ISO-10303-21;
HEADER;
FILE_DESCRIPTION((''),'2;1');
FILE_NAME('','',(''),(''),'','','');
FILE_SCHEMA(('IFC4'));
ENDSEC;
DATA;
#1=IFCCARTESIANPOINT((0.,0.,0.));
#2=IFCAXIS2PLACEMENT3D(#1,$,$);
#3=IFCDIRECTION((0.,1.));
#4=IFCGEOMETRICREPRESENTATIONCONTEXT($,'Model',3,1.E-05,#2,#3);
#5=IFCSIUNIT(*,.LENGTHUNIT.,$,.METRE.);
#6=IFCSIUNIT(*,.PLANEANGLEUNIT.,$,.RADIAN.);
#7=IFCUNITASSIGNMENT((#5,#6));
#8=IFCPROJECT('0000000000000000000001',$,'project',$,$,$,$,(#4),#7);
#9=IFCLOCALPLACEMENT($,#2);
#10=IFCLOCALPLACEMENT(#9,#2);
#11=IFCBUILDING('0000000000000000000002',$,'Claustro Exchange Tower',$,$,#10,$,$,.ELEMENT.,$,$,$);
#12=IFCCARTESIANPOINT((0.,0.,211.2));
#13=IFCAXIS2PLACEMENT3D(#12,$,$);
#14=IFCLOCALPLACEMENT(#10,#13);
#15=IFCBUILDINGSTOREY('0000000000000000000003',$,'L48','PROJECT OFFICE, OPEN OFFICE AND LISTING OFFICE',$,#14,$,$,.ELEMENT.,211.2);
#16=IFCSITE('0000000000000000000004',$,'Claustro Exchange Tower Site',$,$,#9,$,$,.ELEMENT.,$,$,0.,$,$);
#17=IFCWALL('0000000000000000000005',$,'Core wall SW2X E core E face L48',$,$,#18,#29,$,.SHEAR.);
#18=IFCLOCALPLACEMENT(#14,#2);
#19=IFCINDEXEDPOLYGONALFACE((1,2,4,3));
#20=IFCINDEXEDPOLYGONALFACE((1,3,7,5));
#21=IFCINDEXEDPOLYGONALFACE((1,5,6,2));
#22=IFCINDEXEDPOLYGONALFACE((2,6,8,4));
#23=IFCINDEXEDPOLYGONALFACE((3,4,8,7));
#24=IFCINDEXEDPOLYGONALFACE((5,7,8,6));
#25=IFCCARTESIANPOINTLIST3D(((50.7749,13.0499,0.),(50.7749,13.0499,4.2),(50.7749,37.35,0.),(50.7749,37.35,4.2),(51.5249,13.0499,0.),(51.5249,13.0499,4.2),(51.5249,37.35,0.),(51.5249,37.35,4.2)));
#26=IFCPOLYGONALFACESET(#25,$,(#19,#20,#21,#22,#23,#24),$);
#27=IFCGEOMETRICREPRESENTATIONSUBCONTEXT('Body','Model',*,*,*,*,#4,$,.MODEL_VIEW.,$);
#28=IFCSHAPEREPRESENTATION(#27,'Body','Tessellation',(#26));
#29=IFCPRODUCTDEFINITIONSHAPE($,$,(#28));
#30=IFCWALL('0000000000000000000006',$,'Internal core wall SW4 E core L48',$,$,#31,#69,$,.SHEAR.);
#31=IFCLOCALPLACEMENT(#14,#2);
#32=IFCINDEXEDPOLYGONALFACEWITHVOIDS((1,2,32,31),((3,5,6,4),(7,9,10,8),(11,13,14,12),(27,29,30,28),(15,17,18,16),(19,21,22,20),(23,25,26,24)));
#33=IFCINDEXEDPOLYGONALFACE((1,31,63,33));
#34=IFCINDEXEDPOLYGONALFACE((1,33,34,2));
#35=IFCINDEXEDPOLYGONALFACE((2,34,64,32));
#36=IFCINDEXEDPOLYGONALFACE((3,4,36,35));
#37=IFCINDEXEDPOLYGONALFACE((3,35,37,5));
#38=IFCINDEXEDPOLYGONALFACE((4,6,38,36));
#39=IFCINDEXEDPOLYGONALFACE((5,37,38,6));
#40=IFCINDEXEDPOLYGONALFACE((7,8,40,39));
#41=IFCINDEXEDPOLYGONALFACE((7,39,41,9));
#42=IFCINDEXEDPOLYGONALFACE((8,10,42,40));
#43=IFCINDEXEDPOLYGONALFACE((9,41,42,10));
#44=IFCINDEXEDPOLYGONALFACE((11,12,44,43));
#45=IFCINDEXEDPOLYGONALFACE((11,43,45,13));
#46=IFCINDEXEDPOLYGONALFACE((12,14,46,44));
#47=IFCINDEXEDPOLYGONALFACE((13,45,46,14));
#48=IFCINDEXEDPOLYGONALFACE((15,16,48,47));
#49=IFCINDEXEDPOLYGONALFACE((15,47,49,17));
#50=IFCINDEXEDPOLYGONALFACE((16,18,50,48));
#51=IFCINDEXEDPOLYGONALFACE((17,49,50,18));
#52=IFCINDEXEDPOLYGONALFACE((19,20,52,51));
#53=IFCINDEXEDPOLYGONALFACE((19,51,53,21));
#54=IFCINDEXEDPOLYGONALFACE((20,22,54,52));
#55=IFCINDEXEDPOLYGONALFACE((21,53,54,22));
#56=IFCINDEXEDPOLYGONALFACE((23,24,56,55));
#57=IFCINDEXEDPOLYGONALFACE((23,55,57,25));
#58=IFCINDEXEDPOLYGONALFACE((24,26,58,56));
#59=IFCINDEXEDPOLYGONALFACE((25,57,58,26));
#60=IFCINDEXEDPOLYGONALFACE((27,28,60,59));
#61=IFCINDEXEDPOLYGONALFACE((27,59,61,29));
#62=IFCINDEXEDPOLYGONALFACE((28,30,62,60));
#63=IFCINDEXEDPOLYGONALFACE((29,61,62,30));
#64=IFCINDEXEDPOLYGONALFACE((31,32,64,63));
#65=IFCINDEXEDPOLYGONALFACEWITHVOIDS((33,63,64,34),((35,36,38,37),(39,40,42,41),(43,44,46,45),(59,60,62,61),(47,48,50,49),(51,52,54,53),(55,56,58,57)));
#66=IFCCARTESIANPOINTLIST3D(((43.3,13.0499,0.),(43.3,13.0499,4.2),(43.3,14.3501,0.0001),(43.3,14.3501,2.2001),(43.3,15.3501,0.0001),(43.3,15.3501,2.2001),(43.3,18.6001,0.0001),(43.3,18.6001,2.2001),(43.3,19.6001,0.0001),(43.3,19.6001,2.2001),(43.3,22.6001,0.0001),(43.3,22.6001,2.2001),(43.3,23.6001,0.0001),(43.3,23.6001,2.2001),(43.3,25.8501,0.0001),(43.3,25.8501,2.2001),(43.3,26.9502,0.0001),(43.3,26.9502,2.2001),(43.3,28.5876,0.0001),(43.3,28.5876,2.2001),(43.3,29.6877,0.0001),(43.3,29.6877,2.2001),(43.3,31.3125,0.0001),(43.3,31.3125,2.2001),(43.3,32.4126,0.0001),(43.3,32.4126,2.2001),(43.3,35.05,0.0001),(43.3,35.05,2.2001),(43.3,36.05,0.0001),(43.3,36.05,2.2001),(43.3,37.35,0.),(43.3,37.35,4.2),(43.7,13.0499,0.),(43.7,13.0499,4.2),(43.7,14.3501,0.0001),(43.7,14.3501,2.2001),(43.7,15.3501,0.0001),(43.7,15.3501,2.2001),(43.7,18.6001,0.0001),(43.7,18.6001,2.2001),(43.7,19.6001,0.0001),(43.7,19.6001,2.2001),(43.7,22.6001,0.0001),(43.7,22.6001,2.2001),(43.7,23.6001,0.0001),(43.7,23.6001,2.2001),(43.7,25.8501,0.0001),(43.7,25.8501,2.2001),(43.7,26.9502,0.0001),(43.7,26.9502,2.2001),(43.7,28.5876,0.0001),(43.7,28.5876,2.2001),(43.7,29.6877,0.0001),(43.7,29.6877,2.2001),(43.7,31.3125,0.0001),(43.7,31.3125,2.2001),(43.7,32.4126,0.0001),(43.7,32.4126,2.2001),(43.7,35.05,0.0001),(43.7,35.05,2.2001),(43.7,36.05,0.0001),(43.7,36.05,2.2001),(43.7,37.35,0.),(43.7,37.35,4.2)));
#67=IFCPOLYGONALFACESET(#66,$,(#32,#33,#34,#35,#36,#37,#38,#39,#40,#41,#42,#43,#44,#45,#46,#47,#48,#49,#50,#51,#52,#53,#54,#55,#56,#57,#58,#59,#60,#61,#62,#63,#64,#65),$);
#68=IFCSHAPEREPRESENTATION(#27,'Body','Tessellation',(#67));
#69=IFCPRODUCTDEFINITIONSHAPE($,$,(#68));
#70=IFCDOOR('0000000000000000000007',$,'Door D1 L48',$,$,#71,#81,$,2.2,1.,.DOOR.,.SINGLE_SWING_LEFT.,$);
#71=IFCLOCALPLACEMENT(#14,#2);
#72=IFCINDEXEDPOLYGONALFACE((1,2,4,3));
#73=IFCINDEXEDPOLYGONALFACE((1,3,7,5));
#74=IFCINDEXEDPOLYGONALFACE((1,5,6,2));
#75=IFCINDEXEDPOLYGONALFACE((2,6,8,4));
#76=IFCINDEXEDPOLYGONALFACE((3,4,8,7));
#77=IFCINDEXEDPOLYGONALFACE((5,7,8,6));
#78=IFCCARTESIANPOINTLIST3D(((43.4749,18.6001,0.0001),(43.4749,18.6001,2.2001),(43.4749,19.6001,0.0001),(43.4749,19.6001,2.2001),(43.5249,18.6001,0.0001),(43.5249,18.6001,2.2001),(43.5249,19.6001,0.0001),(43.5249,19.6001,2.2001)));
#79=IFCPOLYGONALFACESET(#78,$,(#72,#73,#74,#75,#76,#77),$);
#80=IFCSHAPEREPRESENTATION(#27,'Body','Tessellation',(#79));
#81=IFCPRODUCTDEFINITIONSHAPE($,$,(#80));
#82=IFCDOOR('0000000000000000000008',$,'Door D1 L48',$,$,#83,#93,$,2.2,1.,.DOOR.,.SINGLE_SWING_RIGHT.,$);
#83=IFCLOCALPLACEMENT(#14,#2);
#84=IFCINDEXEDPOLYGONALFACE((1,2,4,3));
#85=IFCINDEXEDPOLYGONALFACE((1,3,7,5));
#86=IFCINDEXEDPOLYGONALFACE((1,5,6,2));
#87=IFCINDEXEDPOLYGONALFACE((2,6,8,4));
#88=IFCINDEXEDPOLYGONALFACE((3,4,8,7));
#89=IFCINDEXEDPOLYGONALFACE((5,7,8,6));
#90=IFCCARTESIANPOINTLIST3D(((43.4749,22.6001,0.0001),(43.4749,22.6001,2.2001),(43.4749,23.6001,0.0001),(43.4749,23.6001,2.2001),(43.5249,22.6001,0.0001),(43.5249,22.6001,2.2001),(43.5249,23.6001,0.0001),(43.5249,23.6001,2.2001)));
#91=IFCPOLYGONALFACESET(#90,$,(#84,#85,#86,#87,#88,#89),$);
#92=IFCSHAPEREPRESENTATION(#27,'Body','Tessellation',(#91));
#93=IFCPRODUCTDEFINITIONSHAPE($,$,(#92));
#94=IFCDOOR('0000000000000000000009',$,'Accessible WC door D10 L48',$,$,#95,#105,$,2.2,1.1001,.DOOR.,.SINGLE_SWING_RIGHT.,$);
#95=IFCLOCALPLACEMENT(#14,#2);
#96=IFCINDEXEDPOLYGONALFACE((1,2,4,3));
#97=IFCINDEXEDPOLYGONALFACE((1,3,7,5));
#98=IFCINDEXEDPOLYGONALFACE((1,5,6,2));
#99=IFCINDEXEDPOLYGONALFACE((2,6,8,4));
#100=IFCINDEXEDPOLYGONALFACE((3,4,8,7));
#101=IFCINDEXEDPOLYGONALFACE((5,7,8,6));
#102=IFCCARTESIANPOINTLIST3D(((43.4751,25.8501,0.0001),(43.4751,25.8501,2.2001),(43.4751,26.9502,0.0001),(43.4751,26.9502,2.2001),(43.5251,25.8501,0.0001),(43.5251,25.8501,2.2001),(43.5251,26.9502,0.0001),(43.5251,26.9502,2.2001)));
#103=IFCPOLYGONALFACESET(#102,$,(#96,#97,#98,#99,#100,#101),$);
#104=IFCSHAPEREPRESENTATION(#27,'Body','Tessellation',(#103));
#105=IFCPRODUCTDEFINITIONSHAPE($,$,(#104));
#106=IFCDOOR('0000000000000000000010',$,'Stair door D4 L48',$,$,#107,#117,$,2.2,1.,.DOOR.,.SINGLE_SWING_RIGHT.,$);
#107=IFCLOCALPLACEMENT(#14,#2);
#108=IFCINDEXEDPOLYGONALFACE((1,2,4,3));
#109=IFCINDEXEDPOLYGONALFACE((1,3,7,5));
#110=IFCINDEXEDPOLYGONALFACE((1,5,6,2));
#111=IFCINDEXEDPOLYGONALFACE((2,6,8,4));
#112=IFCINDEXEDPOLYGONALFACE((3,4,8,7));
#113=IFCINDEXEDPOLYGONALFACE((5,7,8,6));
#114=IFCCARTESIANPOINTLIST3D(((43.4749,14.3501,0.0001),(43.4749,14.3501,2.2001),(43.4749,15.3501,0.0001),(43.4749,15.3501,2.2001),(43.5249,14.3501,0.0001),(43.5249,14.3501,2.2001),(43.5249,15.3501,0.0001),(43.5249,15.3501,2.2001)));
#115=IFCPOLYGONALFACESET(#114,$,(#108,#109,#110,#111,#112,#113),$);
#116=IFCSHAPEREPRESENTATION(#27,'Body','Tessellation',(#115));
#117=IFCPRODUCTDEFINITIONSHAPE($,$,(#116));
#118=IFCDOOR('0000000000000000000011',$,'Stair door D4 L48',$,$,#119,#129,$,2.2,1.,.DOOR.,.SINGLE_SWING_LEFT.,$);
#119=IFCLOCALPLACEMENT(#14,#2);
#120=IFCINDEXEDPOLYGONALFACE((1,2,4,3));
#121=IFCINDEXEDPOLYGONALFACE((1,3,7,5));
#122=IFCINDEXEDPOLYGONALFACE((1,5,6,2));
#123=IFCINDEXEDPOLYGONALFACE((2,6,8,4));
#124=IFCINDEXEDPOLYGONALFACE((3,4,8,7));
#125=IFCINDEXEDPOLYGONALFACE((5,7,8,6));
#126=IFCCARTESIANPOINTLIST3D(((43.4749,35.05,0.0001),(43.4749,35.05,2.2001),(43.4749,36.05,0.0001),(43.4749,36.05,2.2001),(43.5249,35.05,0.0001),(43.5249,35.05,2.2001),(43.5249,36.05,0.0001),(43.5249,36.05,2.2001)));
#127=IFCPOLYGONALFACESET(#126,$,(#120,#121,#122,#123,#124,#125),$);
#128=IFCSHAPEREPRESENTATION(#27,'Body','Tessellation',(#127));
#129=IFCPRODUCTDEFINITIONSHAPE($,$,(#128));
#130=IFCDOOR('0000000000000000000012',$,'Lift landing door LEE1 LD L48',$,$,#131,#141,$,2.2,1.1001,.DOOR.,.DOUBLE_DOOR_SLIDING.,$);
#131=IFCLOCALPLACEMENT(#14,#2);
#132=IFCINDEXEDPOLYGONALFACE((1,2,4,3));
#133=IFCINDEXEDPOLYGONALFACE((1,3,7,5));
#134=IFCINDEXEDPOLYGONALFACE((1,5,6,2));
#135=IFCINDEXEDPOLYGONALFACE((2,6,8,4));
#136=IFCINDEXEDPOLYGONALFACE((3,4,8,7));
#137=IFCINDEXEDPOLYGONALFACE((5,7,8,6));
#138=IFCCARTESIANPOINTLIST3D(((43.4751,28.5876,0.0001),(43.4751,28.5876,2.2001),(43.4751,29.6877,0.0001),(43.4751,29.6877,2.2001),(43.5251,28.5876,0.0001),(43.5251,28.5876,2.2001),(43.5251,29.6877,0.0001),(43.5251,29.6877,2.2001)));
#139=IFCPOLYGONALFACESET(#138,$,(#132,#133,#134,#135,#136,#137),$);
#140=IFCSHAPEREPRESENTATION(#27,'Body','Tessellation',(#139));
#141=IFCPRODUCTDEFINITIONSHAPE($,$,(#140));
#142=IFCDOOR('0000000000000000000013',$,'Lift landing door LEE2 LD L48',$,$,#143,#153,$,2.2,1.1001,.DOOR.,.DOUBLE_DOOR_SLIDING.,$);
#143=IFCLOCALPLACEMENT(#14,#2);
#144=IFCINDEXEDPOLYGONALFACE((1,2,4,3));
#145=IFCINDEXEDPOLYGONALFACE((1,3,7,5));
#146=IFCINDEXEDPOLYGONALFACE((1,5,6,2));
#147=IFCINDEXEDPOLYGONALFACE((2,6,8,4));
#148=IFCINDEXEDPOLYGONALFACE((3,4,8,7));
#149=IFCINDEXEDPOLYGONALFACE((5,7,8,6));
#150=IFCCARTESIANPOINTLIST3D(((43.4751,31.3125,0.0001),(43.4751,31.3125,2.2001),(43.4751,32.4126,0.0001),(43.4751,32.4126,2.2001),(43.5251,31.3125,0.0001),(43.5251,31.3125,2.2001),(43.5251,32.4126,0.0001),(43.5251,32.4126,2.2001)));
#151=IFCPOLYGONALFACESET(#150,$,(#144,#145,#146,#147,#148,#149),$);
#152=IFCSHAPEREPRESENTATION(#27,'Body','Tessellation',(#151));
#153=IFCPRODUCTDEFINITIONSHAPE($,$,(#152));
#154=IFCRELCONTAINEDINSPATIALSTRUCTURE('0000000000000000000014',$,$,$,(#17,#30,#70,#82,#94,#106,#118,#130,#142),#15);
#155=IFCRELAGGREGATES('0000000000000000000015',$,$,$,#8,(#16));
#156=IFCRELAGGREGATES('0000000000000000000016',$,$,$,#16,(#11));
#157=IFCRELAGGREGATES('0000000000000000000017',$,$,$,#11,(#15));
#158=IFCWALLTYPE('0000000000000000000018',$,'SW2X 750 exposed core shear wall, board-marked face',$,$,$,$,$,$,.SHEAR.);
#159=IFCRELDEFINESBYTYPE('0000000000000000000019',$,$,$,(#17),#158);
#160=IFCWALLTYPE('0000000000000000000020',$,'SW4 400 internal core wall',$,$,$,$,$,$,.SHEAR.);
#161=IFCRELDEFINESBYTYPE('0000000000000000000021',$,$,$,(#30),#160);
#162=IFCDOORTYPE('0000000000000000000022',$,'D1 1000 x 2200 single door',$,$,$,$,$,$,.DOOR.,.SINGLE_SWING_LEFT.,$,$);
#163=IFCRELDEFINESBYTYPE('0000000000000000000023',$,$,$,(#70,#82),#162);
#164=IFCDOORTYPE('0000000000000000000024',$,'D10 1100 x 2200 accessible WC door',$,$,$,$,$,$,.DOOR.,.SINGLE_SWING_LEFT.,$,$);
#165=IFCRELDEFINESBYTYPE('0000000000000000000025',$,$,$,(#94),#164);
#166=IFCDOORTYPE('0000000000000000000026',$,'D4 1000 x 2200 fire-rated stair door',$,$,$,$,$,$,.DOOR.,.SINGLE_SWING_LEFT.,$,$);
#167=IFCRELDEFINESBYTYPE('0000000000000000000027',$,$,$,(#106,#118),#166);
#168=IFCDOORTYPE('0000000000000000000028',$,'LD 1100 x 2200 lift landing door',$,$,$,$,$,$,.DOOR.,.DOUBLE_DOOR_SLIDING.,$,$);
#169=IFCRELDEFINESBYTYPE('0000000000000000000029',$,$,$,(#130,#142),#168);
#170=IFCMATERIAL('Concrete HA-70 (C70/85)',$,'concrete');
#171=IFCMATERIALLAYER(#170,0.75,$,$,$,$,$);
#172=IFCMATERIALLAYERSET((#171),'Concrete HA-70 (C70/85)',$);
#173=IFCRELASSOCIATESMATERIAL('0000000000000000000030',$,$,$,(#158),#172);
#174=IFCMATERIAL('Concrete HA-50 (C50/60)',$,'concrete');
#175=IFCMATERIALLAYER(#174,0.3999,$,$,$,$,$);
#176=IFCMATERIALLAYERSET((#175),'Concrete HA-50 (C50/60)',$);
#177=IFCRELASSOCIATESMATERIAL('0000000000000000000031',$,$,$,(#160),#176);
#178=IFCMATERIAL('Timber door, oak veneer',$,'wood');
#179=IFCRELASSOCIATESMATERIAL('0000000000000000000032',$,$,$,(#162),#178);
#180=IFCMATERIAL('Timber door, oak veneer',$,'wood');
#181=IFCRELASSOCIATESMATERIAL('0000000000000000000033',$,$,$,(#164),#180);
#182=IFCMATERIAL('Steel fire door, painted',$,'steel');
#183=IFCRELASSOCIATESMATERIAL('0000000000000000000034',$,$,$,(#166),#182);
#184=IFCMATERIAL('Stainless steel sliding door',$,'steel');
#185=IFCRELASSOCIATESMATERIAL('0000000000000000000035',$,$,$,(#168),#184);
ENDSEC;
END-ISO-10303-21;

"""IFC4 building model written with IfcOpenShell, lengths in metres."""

from ifc_helpers import new_model, si_unit, direction, frame, frame_2d, origin, place, context, subcontext, project, spatial, rectangle, extrude, material, layer, layer_set, type_object, element, fill, save


model = new_model("IFC4")

# Units and contexts
model_context = context("Model", 3, precision=1e-05, world=origin(), true_north=direction((0.0, 1.0)))
body_context = subcontext(model_context, "Body", "Model", "MODEL_VIEW")
ifc_project = project(units=[si_unit("LENGTHUNIT", "METRE"), si_unit("PLANEANGLEUNIT", "RADIAN")], contexts=[model_context])

# Site, building, storey
site_placement = place(None, origin())
site = spatial("IfcSite", under=ifc_project, at=site_placement, Name="Claustro Exchange Tower Site", CompositionType="ELEMENT", RefElevation=0.0)
building_placement = place(site_placement, origin())
building = spatial("IfcBuilding", under=site, at=building_placement, Name="Claustro Exchange Tower", CompositionType="ELEMENT")
storey_placement = place(building_placement, frame((0.0, 0.0, 211.2)))
storey = spatial("IfcBuildingStorey", under=building, at=storey_placement, Name="L48", Description="PROJECT OFFICE, OPEN OFFICE AND LISTING OFFICE", CompositionType="ELEMENT", Elevation=211.2)

# Wall
ifc_material_1 = material(Name="Concrete HA-70 (C70/85)", Category="concrete")
ifc_layer_1 = layer(ifc_material_1, 0.75)
ifc_layer_set_1 = layer_set([ifc_layer_1], Name="Concrete HA-70 (C70/85)")
wall_type_1 = type_object("IfcWallType", Name="SW2X 750 exposed core shear wall, board-marked face", PredefinedType="SHEAR", material=ifc_layer_set_1)
wall_1_placement = place(storey_placement, frame((51.1499, 13.05, 0.0), z_axis=(0.0, 0.0, 1.0), x_axis=(0.0, 1.0, 0.0)))
element("IfcWall", 1, at=wall_1_placement, inside=storey, type_object=wall_type_1, Name="Core wall SW2X E core E face L48", PredefinedType="SHEAR", context=body_context, shape_type="SweptSolid", body=[
    extrude(rectangle(XDim=24.3, YDim=0.75, at=frame_2d((12.1499, 0.0))), origin(), (0.0, 0.0, 1.0), 4.2),
])

# Wall, openings, doors
ifc_material_2 = material(Name="Concrete HA-50 (C50/60)", Category="concrete")
ifc_layer_2 = layer(ifc_material_2, 0.3999)
ifc_layer_set_2 = layer_set([ifc_layer_2], Name="Concrete HA-50 (C50/60)")
wall_type_2 = type_object("IfcWallType", Name="SW4 400 internal core wall", PredefinedType="SHEAR", material=ifc_layer_set_2)
wall_2_placement = place(storey_placement, frame((43.5, 13.05, 0.0), z_axis=(0.0, 0.0, 1.0), x_axis=(0.0, 1.0, 0.0)))
wall_2 = element("IfcWall", 2, at=wall_2_placement, inside=storey, type_object=wall_type_2, Name="Internal core wall SW4 E core L48", PredefinedType="SHEAR", context=body_context, shape_type="SweptSolid", body=[
    extrude(rectangle(XDim=24.3, YDim=0.3999, at=frame_2d((12.1499, 0.0))), origin(), (0.0, 0.0, 1.0), 4.2),
])
opening_1_placement = place(wall_2_placement, frame((1.3, 0.0, 0.0)))
opening_1 = element("IfcOpeningElement", 3, at=opening_1_placement, cuts=wall_2, PredefinedType="OPENING", context=body_context, shape_type="SweptSolid", body=[
    extrude(rectangle(XDim=1.0, YDim=2.2, at=frame_2d((0.5, 1.1001))), frame((0.0, 0.21, 0.0), z_axis=(0.0, -1.0, 0.0), x_axis=(1.0, 0.0, 0.0)), (0.0, 0.0, 1.0), 0.4199),
])
opening_2_placement = place(wall_2_placement, frame((22.0, 0.0, 0.0)))
opening_2 = element("IfcOpeningElement", 4, at=opening_2_placement, cuts=wall_2, PredefinedType="OPENING", context=body_context, shape_type="SweptSolid", body=[
    extrude(rectangle(XDim=1.0, YDim=2.2, at=frame_2d((0.5, 1.1001))), frame((0.0, 0.21, 0.0), z_axis=(0.0, -1.0, 0.0), x_axis=(1.0, 0.0, 0.0)), (0.0, 0.0, 1.0), 0.4199),
])
opening_3_placement = place(wall_2_placement, frame((5.55, 0.0, 0.0)))
opening_3 = element("IfcOpeningElement", 5, at=opening_3_placement, cuts=wall_2, PredefinedType="OPENING", context=body_context, shape_type="SweptSolid", body=[
    extrude(rectangle(XDim=1.0, YDim=2.2, at=frame_2d((0.5, 1.1001))), frame((0.0, 0.21, 0.0), z_axis=(0.0, -1.0, 0.0), x_axis=(1.0, 0.0, 0.0)), (0.0, 0.0, 1.0), 0.4199),
])
opening_4_placement = place(wall_2_placement, frame((9.55, 0.0, 0.0)))
opening_4 = element("IfcOpeningElement", 6, at=opening_4_placement, cuts=wall_2, PredefinedType="OPENING", context=body_context, shape_type="SweptSolid", body=[
    extrude(rectangle(XDim=1.0, YDim=2.2, at=frame_2d((0.5, 1.1001))), frame((0.0, 0.21, 0.0), z_axis=(0.0, -1.0, 0.0), x_axis=(1.0, 0.0, 0.0)), (0.0, 0.0, 1.0), 0.4199),
])
opening_5_placement = place(wall_2_placement, frame((12.8, 0.0, 0.0)))
opening_5 = element("IfcOpeningElement", 7, at=opening_5_placement, cuts=wall_2, PredefinedType="OPENING", context=body_context, shape_type="SweptSolid", body=[
    extrude(rectangle(XDim=1.1001, YDim=2.2, at=frame_2d((0.55, 1.1001))), frame((0.0, 0.21, 0.0), z_axis=(0.0, -1.0, 0.0), x_axis=(1.0, 0.0, 0.0)), (0.0, 0.0, 1.0), 0.4199),
])
opening_6_placement = place(wall_2_placement, frame((15.5376, 0.0, 0.0)))
opening_6 = element("IfcOpeningElement", 8, at=opening_6_placement, cuts=wall_2, PredefinedType="OPENING", context=body_context, shape_type="SweptSolid", body=[
    extrude(rectangle(XDim=1.1001, YDim=2.2, at=frame_2d((0.55, 1.1001))), frame((0.0, 0.21, 0.0), z_axis=(0.0, -1.0, 0.0), x_axis=(1.0, 0.0, 0.0)), (0.0, 0.0, 1.0), 0.4199),
])
opening_7_placement = place(wall_2_placement, frame((18.2625, 0.0, 0.0)))
opening_7 = element("IfcOpeningElement", 9, at=opening_7_placement, cuts=wall_2, PredefinedType="OPENING", context=body_context, shape_type="SweptSolid", body=[
    extrude(rectangle(XDim=1.1001, YDim=2.2, at=frame_2d((0.55, 1.1001))), frame((0.0, 0.21, 0.0), z_axis=(0.0, -1.0, 0.0), x_axis=(1.0, 0.0, 0.0)), (0.0, 0.0, 1.0), 0.4199),
])
ifc_material_3 = material(Name="Timber door, oak veneer", Category="wood")
door_type_1 = type_object("IfcDoorType", Name="D1 1000 x 2200 single door", OperationType="SINGLE_SWING_LEFT", PredefinedType="DOOR", material=ifc_material_3)
door_1_placement = place(opening_3_placement, frame((1.0, 0.0, 0.0), z_axis=(0.0, 0.0, 1.0), x_axis=(-1.0, 0.0, 0.0)))
door_1 = element("IfcDoor", 10, at=door_1_placement, inside=storey, type_object=door_type_1, Name="Door D1 L48", OperationType="SINGLE_SWING_LEFT", OverallHeight=2.2, OverallWidth=1.0, PredefinedType="DOOR", context=body_context, shape_type="SweptSolid", body=[
    extrude(rectangle(XDim=1.0, YDim=2.2, at=frame_2d((0.5, 1.1001))), frame((0.0, 0.0249, 0.0), z_axis=(0.0, -1.0, 0.0), x_axis=(1.0, 0.0, 0.0)), (0.0, 0.0, 1.0), 0.05),
])
fill(opening_3, door_1)
door_2_placement = place(opening_4_placement, frame((1.0, 0.0, 0.0), z_axis=(0.0, 0.0, 1.0), x_axis=(-1.0, 0.0, 0.0)))
door_2 = element("IfcDoor", 11, at=door_2_placement, inside=storey, type_object=door_type_1, Name="Door D1 L48", OperationType="SINGLE_SWING_RIGHT", OverallHeight=2.2, OverallWidth=1.0, PredefinedType="DOOR", context=body_context, shape_type="SweptSolid", body=[
    extrude(rectangle(XDim=1.0, YDim=2.2, at=frame_2d((0.5, 1.1001))), frame((0.0, 0.0249, 0.0), z_axis=(0.0, -1.0, 0.0), x_axis=(1.0, 0.0, 0.0)), (0.0, 0.0, 1.0), 0.05),
])
fill(opening_4, door_2)
ifc_material_4 = material(Name="Timber door, oak veneer", Category="wood")
door_type_2 = type_object("IfcDoorType", Name="D10 1100 x 2200 accessible WC door", OperationType="SINGLE_SWING_LEFT", PredefinedType="DOOR", material=ifc_material_4)
door_3_placement = place(opening_5_placement, origin())
door_3 = element("IfcDoor", 12, at=door_3_placement, inside=storey, type_object=door_type_2, Name="Accessible WC door D10 L48", OperationType="SINGLE_SWING_RIGHT", OverallHeight=2.2, OverallWidth=1.1001, PredefinedType="DOOR", context=body_context, shape_type="SweptSolid", body=[
    extrude(rectangle(XDim=1.1001, YDim=2.2, at=frame_2d((0.55, 1.1001))), frame((0.0, 0.0249, 0.0), z_axis=(0.0, -1.0, 0.0), x_axis=(1.0, 0.0, 0.0)), (0.0, 0.0, 1.0), 0.05),
])
fill(opening_5, door_3)
ifc_material_5 = material(Name="Steel fire door, painted", Category="steel")
door_type_3 = type_object("IfcDoorType", Name="D4 1000 x 2200 fire-rated stair door", OperationType="SINGLE_SWING_LEFT", PredefinedType="DOOR", material=ifc_material_5)
door_4_placement = place(opening_1_placement, frame((1.0, 0.0, 0.0), z_axis=(0.0, 0.0, 1.0), x_axis=(-1.0, 0.0, 0.0)))
door_4 = element("IfcDoor", 13, at=door_4_placement, inside=storey, type_object=door_type_3, Name="Stair door D4 L48", OperationType="SINGLE_SWING_RIGHT", OverallHeight=2.2, OverallWidth=1.0, PredefinedType="DOOR", context=body_context, shape_type="SweptSolid", body=[
    extrude(rectangle(XDim=1.0, YDim=2.2, at=frame_2d((0.5, 1.1001))), frame((0.0, 0.0249, 0.0), z_axis=(0.0, -1.0, 0.0), x_axis=(1.0, 0.0, 0.0)), (0.0, 0.0, 1.0), 0.05),
])
fill(opening_1, door_4)
door_5_placement = place(opening_2_placement, frame((1.0, 0.0, 0.0), z_axis=(0.0, 0.0, 1.0), x_axis=(-1.0, 0.0, 0.0)))
door_5 = element("IfcDoor", 14, at=door_5_placement, inside=storey, type_object=door_type_3, Name="Stair door D4 L48", OperationType="SINGLE_SWING_LEFT", OverallHeight=2.2, OverallWidth=1.0, PredefinedType="DOOR", context=body_context, shape_type="SweptSolid", body=[
    extrude(rectangle(XDim=1.0, YDim=2.2, at=frame_2d((0.5, 1.1001))), frame((0.0, 0.0249, 0.0), z_axis=(0.0, -1.0, 0.0), x_axis=(1.0, 0.0, 0.0)), (0.0, 0.0, 1.0), 0.05),
])
fill(opening_2, door_5)
ifc_material_6 = material(Name="Stainless steel sliding door", Category="steel")
door_type_4 = type_object("IfcDoorType", Name="LD 1100 x 2200 lift landing door", OperationType="DOUBLE_DOOR_SLIDING", PredefinedType="DOOR", material=ifc_material_6)
door_6_placement = place(opening_6_placement, origin())
door_6 = element("IfcDoor", 15, at=door_6_placement, inside=storey, type_object=door_type_4, Name="Lift landing door LEE1 LD L48", OperationType="DOUBLE_DOOR_SLIDING", OverallHeight=2.2, OverallWidth=1.1001, PredefinedType="DOOR", context=body_context, shape_type="SweptSolid", body=[
    extrude(rectangle(XDim=1.1001, YDim=2.2, at=frame_2d((0.55, 1.1001))), frame((0.0, 0.0249, 0.0), z_axis=(0.0, -1.0, 0.0), x_axis=(1.0, 0.0, 0.0)), (0.0, 0.0, 1.0), 0.05),
])
fill(opening_6, door_6)
door_7_placement = place(opening_7_placement, origin())
door_7 = element("IfcDoor", 16, at=door_7_placement, inside=storey, type_object=door_type_4, Name="Lift landing door LEE2 LD L48", OperationType="DOUBLE_DOOR_SLIDING", OverallHeight=2.2, OverallWidth=1.1001, PredefinedType="DOOR", context=body_context, shape_type="SweptSolid", body=[
    extrude(rectangle(XDim=1.1001, YDim=2.2, at=frame_2d((0.55, 1.1001))), frame((0.0, 0.0249, 0.0), z_axis=(0.0, -1.0, 0.0), x_axis=(1.0, 0.0, 0.0)), (0.0, 0.0, 1.0), 0.05),
])
fill(opening_7, door_7)

save(model, "model.ifc")
